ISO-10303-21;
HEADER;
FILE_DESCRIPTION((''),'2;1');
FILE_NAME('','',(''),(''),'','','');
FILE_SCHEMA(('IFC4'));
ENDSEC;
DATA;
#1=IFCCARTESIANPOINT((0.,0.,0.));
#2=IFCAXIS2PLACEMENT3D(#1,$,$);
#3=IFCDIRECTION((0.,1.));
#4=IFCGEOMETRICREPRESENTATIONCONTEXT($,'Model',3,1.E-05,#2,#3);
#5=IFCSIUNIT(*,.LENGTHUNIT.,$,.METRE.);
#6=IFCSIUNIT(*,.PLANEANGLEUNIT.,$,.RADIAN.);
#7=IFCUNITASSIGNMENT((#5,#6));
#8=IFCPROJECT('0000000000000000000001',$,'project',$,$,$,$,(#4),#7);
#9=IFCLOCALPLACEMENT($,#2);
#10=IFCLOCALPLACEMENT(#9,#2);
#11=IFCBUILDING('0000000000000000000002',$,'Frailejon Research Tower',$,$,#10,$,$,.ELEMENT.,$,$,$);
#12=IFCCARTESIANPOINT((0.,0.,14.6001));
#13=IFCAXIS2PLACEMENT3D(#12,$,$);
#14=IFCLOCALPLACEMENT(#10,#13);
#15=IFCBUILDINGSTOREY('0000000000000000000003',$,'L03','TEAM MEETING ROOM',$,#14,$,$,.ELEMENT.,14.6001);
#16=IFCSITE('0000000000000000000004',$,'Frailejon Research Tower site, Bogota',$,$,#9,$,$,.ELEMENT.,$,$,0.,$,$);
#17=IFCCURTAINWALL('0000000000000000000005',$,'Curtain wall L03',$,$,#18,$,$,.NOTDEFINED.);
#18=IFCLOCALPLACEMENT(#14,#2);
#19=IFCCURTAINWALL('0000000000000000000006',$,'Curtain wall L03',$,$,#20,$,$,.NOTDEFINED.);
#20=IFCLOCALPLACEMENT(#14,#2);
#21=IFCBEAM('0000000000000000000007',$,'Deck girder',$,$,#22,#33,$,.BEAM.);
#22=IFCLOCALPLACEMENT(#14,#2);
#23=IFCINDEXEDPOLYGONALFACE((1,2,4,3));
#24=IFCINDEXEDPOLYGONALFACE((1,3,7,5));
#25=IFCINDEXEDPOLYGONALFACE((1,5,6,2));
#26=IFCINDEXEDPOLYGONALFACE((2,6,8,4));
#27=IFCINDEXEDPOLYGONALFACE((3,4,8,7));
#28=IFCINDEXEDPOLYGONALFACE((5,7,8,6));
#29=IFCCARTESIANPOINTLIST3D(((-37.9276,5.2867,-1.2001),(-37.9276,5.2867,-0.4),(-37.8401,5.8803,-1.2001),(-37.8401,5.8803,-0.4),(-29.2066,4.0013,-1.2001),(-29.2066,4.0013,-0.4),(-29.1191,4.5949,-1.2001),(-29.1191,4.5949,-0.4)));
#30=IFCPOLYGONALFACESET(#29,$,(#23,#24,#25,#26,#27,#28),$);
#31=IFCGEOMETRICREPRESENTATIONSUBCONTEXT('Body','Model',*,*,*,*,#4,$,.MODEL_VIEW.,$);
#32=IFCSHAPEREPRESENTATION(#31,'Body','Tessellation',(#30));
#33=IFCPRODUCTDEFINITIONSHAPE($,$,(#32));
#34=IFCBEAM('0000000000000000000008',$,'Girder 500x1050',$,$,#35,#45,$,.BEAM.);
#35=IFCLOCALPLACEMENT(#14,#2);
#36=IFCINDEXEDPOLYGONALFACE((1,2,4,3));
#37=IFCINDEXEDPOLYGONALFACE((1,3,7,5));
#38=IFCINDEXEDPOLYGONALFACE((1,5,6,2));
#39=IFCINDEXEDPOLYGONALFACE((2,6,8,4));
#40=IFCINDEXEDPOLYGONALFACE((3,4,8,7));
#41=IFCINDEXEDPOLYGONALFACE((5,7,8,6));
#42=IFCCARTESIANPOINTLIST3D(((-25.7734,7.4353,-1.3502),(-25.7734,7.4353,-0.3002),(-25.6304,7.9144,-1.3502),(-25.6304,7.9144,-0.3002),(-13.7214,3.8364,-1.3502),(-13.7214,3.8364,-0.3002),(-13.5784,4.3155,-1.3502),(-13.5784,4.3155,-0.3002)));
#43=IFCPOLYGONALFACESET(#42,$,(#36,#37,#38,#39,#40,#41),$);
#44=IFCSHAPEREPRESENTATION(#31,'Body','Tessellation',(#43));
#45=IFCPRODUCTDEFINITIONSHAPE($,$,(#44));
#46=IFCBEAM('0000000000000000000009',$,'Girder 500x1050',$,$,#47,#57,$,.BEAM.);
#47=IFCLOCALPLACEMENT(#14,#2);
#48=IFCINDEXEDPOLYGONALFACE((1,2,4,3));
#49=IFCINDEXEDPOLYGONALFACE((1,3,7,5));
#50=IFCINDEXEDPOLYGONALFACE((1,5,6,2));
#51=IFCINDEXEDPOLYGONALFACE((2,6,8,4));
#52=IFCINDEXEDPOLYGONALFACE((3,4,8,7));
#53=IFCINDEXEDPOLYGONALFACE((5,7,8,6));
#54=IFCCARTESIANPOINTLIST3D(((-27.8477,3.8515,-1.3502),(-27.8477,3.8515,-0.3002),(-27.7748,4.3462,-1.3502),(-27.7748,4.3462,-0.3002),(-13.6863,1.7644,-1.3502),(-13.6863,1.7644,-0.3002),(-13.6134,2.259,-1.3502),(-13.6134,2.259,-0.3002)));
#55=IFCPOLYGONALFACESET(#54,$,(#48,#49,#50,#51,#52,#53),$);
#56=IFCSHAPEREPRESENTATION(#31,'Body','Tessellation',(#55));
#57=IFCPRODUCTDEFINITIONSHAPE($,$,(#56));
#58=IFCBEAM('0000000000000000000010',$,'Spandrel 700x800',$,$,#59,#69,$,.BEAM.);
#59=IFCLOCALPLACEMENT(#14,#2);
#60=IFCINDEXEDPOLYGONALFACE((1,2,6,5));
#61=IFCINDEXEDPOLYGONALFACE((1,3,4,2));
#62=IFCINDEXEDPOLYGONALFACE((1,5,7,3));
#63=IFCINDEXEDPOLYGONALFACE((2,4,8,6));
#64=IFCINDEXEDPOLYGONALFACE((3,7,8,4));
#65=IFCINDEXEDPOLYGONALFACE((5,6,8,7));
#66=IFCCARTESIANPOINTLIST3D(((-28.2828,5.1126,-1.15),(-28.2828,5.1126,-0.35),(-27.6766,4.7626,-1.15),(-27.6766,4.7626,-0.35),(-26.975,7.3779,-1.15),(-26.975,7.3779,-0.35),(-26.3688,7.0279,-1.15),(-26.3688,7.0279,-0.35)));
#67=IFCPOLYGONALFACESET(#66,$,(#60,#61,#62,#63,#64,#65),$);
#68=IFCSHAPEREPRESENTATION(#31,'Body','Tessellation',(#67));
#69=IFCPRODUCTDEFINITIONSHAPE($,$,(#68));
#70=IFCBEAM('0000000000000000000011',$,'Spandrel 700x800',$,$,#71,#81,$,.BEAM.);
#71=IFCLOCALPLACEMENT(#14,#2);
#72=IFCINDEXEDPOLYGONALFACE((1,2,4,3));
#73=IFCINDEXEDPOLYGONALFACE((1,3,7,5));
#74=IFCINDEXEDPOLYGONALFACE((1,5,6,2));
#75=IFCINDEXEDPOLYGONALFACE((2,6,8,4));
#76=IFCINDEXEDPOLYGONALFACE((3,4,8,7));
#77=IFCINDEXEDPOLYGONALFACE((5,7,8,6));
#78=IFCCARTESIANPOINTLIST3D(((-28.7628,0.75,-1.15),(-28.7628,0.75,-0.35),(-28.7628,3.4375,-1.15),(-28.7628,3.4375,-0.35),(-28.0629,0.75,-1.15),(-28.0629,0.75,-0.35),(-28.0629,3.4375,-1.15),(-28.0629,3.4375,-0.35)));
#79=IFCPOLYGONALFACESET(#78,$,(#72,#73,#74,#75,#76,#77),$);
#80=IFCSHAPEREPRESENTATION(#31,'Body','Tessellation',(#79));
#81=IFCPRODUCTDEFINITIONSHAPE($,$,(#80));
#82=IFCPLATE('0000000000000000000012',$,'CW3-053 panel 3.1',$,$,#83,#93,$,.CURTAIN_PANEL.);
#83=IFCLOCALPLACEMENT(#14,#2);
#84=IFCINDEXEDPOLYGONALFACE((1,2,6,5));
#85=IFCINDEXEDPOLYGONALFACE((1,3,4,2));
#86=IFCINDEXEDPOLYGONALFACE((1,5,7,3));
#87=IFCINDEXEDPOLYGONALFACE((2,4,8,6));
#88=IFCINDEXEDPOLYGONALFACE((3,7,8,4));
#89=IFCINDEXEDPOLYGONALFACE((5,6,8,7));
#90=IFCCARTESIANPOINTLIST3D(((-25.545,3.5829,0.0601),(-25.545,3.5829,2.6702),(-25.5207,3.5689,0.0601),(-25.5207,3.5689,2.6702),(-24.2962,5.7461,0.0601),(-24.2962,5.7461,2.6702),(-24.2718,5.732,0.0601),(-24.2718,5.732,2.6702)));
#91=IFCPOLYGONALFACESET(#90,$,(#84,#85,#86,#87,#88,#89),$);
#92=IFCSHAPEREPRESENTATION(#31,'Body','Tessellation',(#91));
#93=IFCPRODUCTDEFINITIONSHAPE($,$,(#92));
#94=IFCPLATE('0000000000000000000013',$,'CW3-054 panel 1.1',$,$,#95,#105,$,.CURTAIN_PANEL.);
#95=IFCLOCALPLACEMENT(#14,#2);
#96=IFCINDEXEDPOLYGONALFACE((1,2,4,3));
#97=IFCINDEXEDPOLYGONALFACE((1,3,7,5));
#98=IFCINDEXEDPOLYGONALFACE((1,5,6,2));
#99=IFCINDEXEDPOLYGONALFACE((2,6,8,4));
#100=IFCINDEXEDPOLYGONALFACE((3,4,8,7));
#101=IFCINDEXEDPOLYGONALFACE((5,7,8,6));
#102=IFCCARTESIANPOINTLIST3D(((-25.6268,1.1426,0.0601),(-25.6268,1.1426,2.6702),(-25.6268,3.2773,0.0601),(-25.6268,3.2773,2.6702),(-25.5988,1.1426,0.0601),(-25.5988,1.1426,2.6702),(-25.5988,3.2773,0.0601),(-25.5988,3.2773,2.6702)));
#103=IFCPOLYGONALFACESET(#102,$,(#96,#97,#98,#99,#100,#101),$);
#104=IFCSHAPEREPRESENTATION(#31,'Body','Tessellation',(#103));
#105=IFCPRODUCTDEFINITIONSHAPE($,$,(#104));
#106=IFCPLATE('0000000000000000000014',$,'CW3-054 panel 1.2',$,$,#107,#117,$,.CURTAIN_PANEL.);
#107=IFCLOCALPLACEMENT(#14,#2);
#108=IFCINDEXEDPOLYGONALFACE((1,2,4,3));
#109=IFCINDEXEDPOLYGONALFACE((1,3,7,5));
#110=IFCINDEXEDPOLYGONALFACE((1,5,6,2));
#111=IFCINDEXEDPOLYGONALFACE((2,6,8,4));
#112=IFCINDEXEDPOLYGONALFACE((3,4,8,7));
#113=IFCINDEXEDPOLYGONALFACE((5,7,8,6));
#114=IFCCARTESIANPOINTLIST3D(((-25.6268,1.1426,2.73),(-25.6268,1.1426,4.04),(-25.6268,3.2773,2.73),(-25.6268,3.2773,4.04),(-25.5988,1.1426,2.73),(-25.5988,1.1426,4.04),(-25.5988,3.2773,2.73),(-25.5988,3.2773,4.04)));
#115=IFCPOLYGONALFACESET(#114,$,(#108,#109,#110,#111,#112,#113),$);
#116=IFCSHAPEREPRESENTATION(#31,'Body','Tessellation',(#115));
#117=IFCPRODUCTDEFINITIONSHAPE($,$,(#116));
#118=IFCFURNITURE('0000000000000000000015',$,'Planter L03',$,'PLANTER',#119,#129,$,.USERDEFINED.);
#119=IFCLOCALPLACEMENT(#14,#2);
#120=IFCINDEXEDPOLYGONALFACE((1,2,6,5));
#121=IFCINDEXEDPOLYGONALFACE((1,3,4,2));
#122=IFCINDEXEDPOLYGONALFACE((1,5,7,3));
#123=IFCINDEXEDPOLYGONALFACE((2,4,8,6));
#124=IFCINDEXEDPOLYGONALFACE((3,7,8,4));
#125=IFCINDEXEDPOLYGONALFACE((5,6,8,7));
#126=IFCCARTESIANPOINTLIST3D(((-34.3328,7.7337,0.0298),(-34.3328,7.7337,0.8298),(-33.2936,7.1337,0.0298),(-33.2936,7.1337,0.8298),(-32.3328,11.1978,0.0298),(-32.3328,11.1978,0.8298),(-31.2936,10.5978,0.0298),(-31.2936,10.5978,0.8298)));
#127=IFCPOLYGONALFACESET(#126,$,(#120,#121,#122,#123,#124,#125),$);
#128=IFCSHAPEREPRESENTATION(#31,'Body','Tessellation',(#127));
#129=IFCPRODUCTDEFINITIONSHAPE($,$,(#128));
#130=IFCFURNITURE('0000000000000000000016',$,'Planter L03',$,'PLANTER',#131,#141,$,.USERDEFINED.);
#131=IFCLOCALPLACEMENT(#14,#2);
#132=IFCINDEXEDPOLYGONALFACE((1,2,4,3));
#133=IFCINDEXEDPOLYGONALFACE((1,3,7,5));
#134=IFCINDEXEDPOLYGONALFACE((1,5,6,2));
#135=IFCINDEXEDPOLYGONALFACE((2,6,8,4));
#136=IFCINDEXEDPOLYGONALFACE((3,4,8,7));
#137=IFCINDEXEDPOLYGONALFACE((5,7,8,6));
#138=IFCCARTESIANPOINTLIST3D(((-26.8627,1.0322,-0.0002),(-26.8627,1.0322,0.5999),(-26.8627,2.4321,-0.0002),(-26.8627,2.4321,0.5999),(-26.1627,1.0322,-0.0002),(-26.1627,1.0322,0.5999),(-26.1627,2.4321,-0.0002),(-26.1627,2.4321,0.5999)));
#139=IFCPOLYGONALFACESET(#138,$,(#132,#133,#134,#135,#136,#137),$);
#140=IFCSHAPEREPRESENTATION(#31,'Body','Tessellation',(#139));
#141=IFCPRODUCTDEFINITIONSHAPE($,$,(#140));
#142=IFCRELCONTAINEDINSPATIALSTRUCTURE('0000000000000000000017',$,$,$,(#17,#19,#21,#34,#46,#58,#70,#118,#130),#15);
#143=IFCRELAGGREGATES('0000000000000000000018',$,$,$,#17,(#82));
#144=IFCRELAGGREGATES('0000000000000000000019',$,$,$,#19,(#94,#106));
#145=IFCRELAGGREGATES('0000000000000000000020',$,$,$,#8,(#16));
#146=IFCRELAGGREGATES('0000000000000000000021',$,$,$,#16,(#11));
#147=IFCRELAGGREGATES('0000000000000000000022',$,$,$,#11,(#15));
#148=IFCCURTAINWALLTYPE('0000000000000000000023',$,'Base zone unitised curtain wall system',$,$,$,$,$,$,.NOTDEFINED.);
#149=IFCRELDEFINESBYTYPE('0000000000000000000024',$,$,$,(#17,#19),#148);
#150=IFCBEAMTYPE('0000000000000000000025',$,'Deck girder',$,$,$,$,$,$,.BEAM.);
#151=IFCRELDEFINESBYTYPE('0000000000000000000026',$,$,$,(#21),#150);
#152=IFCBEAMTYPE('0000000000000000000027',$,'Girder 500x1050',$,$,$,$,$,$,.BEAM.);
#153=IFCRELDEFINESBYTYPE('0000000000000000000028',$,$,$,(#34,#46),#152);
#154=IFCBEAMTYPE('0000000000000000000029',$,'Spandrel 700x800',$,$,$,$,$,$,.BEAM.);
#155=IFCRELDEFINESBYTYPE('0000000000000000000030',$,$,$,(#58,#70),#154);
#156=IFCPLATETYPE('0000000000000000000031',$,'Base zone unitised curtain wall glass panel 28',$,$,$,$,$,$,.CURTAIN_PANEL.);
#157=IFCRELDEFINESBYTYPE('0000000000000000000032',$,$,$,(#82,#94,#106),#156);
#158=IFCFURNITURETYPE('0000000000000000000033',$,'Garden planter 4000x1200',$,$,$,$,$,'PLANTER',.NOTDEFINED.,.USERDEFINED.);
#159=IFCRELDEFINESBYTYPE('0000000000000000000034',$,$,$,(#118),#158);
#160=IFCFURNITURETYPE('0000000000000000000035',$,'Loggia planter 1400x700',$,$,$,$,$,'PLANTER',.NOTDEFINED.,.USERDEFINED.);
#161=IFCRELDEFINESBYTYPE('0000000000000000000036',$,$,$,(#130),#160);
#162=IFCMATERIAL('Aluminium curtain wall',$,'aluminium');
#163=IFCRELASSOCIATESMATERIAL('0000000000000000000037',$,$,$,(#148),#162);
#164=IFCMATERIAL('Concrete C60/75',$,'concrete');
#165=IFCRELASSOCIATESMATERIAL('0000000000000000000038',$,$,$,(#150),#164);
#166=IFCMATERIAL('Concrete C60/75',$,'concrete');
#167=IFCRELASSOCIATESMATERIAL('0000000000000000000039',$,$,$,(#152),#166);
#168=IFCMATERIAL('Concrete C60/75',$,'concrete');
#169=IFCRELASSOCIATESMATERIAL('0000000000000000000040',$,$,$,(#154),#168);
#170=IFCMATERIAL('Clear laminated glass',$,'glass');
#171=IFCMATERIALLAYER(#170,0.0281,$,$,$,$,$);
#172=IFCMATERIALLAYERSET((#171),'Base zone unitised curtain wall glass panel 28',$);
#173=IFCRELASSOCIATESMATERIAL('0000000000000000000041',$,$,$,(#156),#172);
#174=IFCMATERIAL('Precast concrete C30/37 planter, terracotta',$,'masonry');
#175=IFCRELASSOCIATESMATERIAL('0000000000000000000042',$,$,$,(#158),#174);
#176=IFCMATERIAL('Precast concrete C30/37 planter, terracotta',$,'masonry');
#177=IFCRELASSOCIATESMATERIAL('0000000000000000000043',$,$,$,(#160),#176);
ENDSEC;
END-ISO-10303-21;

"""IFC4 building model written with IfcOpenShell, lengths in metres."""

from ifc_helpers import new_model, si_unit, direction, frame, origin, origin_2d, place, context, subcontext, project, spatial, rectangle, extrude, material, layer, layer_set, material_profile, profile_set, type_object, element, aggregate, save


model = new_model("IFC4")

# Units and contexts
model_context = context("Model", 3, precision=1e-05, world=origin(), true_north=direction((0.0, 1.0)))
body_context = subcontext(model_context, "Body", "Model", "MODEL_VIEW")
ifc_project = project(units=[si_unit("LENGTHUNIT", "METRE"), si_unit("PLANEANGLEUNIT", "RADIAN")], contexts=[model_context])

# Site, building, storey
site_placement = place(None, origin())
site = spatial("IfcSite", under=ifc_project, at=site_placement, Name="Frailejon Research Tower site, Bogota", CompositionType="ELEMENT", RefElevation=0.0)
building_placement = place(site_placement, origin())
building = spatial("IfcBuilding", under=site, at=building_placement, Name="Frailejon Research Tower", CompositionType="ELEMENT")
storey_placement = place(building_placement, frame((0.0, 0.0, 14.6001)))
storey = spatial("IfcBuildingStorey", under=building, at=storey_placement, Name="L03", Description="TEAM MEETING ROOM", CompositionType="ELEMENT", Elevation=14.6001)

# Curtain wall
ifc_material_1 = material(Name="Aluminium curtain wall", Category="aluminium")
curtain_wall_type = type_object("IfcCurtainWallType", Name="Base zone unitised curtain wall system", PredefinedType="NOTDEFINED", material=ifc_material_1)
curtain_wall_1_placement = place(storey_placement, origin())
curtain_wall_1 = element("IfcCurtainWall", 1, at=curtain_wall_1_placement, inside=storey, type_object=curtain_wall_type, Name="Curtain wall L03", PredefinedType="NOTDEFINED")

# Curtain wall
curtain_wall_2_placement = place(storey_placement, origin())
curtain_wall_2 = element("IfcCurtainWall", 2, at=curtain_wall_2_placement, inside=storey, type_object=curtain_wall_type, Name="Curtain wall L03", PredefinedType="NOTDEFINED")

# Beams
ifc_material_2 = material(Name="Concrete C60/75", Category="concrete")
ifc_material_profile_1 = material_profile(ifc_material_2, rectangle(XDim=0.6001, YDim=0.8, at=origin_2d()), Name="Deck girder")
ifc_profile_set_1 = profile_set([ifc_material_profile_1], Name="Concrete C60/75")
beam_type_1 = type_object("IfcBeamType", Name="Deck girder", PredefinedType="BEAM", material=ifc_profile_set_1)
beam_1_placement = place(storey_placement, frame((-29.1628, 4.2981, -0.8), z_axis=(-0.989312, 0.145817, 0.0), x_axis=(-0.145817, -0.989312, 0.0)))
element("IfcBeam", 3, at=beam_1_placement, inside=storey, type_object=beam_type_1, Name="Deck girder", PredefinedType="BEAM", context=body_context, shape_type="SweptSolid", body=[
    extrude(rectangle(XDim=0.6001, YDim=0.8, at=origin_2d()), origin(), (0.0, 0.0, 1.0), 8.8152),
])
ifc_material_3 = material(Name="Concrete C60/75", Category="concrete")
ifc_material_profile_2 = material_profile(ifc_material_3, rectangle(XDim=0.5, YDim=1.05, at=origin_2d()), Name="Girder 500x1050")
ifc_profile_set_2 = profile_set([ifc_material_profile_2], Name="Concrete C60/75")
beam_type_2 = type_object("IfcBeamType", Name="Girder 500x1050", PredefinedType="BEAM", material=ifc_profile_set_2)
beam_2_placement = place(storey_placement, frame((-25.7019, 7.6748, -0.8252), z_axis=(0.958191, -0.286128, 0.0), x_axis=(0.286128, 0.958191, 0.0)))
element("IfcBeam", 4, at=beam_2_placement, inside=storey, type_object=beam_type_2, Name="Girder 500x1050", PredefinedType="BEAM", context=body_context, shape_type="SweptSolid", body=[
    extrude(rectangle(XDim=0.5, YDim=1.05, at=origin_2d()), origin(), (0.0, 0.0, 1.0), 12.5779),
])
beam_3_placement = place(storey_placement, frame((-27.8113, 4.0989, -0.8252), z_axis=(0.989313, -0.145809, 0.0), x_axis=(0.145809, 0.989313, 0.0)))
element("IfcBeam", 5, at=beam_3_placement, inside=storey, type_object=beam_type_2, Name="Girder 500x1050", PredefinedType="BEAM", context=body_context, shape_type="SweptSolid", body=[
    extrude(rectangle(XDim=0.5, YDim=1.05, at=origin_2d()), origin(), (0.0, 0.0, 1.0), 14.3145),
])
ifc_material_4 = material(Name="Concrete C60/75", Category="concrete")
ifc_material_profile_3 = material_profile(ifc_material_4, rectangle(XDim=0.7, YDim=0.8, at=origin_2d()), Name="Spandrel 700x800")
ifc_profile_set_3 = profile_set([ifc_material_profile_3], Name="Concrete C60/75")
beam_type_3 = type_object("IfcBeamType", Name="Spandrel 700x800", PredefinedType="BEAM", material=ifc_profile_set_3)
beam_4_placement = place(storey_placement, frame((-26.6719, 7.2029, -0.75), z_axis=(-0.499984, -0.866035, 0.0), x_axis=(0.866035, -0.499984, 0.0)))
element("IfcBeam", 6, at=beam_4_placement, inside=storey, type_object=beam_type_3, Name="Spandrel 700x800", PredefinedType="BEAM", context=body_context, shape_type="SweptSolid", body=[
    extrude(rectangle(XDim=0.7, YDim=0.8, at=origin_2d()), origin(), (0.0, 0.0, 1.0), 2.6157),
])
beam_5_placement = place(storey_placement, frame((-28.4128, 3.4375, -0.75), z_axis=(0.0, -1.0, 0.0), x_axis=(1.0, 0.0, 0.0)))
element("IfcBeam", 7, at=beam_5_placement, inside=storey, type_object=beam_type_3, Name="Spandrel 700x800", PredefinedType="BEAM", context=body_context, shape_type="SweptSolid", body=[
    extrude(rectangle(XDim=0.7, YDim=0.8, at=origin_2d()), origin(), (0.0, 0.0, 1.0), 2.6875),
])

# Plates
ifc_material_5 = material(Name="Clear laminated glass", Category="glass")
ifc_layer = layer(ifc_material_5, 0.0281)
ifc_layer_set = layer_set([ifc_layer], Name="Base zone unitised curtain wall glass panel 28")
plate_type = type_object("IfcPlateType", Name="Base zone unitised curtain wall glass panel 28", PredefinedType="CURTAIN_PANEL", material=ifc_layer_set)
plate_1_placement = place(storey_placement, frame((-24.9084, 4.6575, 0.0601), z_axis=(0.0, 0.0, 1.0), x_axis=(-0.499993, -0.866029, 0.0)))
plate_1 = element("IfcPlate", 8, at=plate_1_placement, type_object=plate_type, Name="CW3-053 panel 3.1", PredefinedType="CURTAIN_PANEL", context=body_context, shape_type="SweptSolid", body=[
    extrude(rectangle(XDim=2.4978, YDim=0.0281, at=origin_2d()), origin(), (0.0, 0.0, 1.0), 2.6101),
])
aggregate(curtain_wall_1, [plate_1])
plate_2_placement = place(storey_placement, frame((-25.6128, 2.21, 0.0601), z_axis=(0.0, 0.0, 1.0), x_axis=(0.0, -1.0, 0.0)))
plate_2 = element("IfcPlate", 9, at=plate_2_placement, type_object=plate_type, Name="CW3-054 panel 1.1", PredefinedType="CURTAIN_PANEL", context=body_context, shape_type="SweptSolid", body=[
    extrude(rectangle(XDim=2.1348, YDim=0.0281, at=origin_2d()), origin(), (0.0, 0.0, 1.0), 2.6101),
])
plate_3_placement = place(storey_placement, frame((-25.6128, 2.21, 2.73), z_axis=(0.0, 0.0, 1.0), x_axis=(0.0, -1.0, 0.0)))
plate_3 = element("IfcPlate", 10, at=plate_3_placement, type_object=plate_type, Name="CW3-054 panel 1.2", PredefinedType="CURTAIN_PANEL", context=body_context, shape_type="SweptSolid", body=[
    extrude(rectangle(XDim=2.1348, YDim=0.0281, at=origin_2d()), origin(), (0.0, 0.0, 1.0), 1.3101),
])
aggregate(curtain_wall_2, [plate_2, plate_3])

# Furniture
ifc_material_6 = material(Name="Precast concrete C30/37 planter, terracotta", Category="masonry")
furniture_type_1 = type_object("IfcFurnitureType", Name="Garden planter 4000x1200", ElementType="PLANTER", AssemblyPlace="NOTDEFINED", PredefinedType="USERDEFINED", material=ifc_material_6)
furniture_1_placement = place(storey_placement, frame((-32.8132, 9.1658, 0.0298), z_axis=(0.0, 0.0, 1.0), x_axis=(-0.5, -0.866025, 0.0)))
element("IfcFurniture", 11, at=furniture_1_placement, inside=storey, type_object=furniture_type_1, Name="Planter L03", ObjectType="PLANTER", PredefinedType="USERDEFINED", context=body_context, shape_type="SweptSolid", body=[
    extrude(rectangle(XDim=4.0, YDim=1.2, at=origin_2d()), origin(), (0.0, 0.0, 1.0), 0.8),
])
ifc_material_7 = material(Name="Precast concrete C30/37 planter, terracotta", Category="masonry")
furniture_type_2 = type_object("IfcFurnitureType", Name="Loggia planter 1400x700", ElementType="PLANTER", AssemblyPlace="NOTDEFINED", PredefinedType="USERDEFINED", material=ifc_material_7)
furniture_2_placement = place(storey_placement, frame((-26.5127, 1.7322, -0.0002), z_axis=(0.0, 0.0, 1.0), x_axis=(0.0, -1.0, 0.0)))
element("IfcFurniture", 12, at=furniture_2_placement, inside=storey, type_object=furniture_type_2, Name="Planter L03", ObjectType="PLANTER", PredefinedType="USERDEFINED", context=body_context, shape_type="SweptSolid", body=[
    extrude(rectangle(XDim=1.3999, YDim=0.7, at=origin_2d()), origin(), (0.0, 0.0, 1.0), 0.6001),
])

save(model, "model.ifc")
